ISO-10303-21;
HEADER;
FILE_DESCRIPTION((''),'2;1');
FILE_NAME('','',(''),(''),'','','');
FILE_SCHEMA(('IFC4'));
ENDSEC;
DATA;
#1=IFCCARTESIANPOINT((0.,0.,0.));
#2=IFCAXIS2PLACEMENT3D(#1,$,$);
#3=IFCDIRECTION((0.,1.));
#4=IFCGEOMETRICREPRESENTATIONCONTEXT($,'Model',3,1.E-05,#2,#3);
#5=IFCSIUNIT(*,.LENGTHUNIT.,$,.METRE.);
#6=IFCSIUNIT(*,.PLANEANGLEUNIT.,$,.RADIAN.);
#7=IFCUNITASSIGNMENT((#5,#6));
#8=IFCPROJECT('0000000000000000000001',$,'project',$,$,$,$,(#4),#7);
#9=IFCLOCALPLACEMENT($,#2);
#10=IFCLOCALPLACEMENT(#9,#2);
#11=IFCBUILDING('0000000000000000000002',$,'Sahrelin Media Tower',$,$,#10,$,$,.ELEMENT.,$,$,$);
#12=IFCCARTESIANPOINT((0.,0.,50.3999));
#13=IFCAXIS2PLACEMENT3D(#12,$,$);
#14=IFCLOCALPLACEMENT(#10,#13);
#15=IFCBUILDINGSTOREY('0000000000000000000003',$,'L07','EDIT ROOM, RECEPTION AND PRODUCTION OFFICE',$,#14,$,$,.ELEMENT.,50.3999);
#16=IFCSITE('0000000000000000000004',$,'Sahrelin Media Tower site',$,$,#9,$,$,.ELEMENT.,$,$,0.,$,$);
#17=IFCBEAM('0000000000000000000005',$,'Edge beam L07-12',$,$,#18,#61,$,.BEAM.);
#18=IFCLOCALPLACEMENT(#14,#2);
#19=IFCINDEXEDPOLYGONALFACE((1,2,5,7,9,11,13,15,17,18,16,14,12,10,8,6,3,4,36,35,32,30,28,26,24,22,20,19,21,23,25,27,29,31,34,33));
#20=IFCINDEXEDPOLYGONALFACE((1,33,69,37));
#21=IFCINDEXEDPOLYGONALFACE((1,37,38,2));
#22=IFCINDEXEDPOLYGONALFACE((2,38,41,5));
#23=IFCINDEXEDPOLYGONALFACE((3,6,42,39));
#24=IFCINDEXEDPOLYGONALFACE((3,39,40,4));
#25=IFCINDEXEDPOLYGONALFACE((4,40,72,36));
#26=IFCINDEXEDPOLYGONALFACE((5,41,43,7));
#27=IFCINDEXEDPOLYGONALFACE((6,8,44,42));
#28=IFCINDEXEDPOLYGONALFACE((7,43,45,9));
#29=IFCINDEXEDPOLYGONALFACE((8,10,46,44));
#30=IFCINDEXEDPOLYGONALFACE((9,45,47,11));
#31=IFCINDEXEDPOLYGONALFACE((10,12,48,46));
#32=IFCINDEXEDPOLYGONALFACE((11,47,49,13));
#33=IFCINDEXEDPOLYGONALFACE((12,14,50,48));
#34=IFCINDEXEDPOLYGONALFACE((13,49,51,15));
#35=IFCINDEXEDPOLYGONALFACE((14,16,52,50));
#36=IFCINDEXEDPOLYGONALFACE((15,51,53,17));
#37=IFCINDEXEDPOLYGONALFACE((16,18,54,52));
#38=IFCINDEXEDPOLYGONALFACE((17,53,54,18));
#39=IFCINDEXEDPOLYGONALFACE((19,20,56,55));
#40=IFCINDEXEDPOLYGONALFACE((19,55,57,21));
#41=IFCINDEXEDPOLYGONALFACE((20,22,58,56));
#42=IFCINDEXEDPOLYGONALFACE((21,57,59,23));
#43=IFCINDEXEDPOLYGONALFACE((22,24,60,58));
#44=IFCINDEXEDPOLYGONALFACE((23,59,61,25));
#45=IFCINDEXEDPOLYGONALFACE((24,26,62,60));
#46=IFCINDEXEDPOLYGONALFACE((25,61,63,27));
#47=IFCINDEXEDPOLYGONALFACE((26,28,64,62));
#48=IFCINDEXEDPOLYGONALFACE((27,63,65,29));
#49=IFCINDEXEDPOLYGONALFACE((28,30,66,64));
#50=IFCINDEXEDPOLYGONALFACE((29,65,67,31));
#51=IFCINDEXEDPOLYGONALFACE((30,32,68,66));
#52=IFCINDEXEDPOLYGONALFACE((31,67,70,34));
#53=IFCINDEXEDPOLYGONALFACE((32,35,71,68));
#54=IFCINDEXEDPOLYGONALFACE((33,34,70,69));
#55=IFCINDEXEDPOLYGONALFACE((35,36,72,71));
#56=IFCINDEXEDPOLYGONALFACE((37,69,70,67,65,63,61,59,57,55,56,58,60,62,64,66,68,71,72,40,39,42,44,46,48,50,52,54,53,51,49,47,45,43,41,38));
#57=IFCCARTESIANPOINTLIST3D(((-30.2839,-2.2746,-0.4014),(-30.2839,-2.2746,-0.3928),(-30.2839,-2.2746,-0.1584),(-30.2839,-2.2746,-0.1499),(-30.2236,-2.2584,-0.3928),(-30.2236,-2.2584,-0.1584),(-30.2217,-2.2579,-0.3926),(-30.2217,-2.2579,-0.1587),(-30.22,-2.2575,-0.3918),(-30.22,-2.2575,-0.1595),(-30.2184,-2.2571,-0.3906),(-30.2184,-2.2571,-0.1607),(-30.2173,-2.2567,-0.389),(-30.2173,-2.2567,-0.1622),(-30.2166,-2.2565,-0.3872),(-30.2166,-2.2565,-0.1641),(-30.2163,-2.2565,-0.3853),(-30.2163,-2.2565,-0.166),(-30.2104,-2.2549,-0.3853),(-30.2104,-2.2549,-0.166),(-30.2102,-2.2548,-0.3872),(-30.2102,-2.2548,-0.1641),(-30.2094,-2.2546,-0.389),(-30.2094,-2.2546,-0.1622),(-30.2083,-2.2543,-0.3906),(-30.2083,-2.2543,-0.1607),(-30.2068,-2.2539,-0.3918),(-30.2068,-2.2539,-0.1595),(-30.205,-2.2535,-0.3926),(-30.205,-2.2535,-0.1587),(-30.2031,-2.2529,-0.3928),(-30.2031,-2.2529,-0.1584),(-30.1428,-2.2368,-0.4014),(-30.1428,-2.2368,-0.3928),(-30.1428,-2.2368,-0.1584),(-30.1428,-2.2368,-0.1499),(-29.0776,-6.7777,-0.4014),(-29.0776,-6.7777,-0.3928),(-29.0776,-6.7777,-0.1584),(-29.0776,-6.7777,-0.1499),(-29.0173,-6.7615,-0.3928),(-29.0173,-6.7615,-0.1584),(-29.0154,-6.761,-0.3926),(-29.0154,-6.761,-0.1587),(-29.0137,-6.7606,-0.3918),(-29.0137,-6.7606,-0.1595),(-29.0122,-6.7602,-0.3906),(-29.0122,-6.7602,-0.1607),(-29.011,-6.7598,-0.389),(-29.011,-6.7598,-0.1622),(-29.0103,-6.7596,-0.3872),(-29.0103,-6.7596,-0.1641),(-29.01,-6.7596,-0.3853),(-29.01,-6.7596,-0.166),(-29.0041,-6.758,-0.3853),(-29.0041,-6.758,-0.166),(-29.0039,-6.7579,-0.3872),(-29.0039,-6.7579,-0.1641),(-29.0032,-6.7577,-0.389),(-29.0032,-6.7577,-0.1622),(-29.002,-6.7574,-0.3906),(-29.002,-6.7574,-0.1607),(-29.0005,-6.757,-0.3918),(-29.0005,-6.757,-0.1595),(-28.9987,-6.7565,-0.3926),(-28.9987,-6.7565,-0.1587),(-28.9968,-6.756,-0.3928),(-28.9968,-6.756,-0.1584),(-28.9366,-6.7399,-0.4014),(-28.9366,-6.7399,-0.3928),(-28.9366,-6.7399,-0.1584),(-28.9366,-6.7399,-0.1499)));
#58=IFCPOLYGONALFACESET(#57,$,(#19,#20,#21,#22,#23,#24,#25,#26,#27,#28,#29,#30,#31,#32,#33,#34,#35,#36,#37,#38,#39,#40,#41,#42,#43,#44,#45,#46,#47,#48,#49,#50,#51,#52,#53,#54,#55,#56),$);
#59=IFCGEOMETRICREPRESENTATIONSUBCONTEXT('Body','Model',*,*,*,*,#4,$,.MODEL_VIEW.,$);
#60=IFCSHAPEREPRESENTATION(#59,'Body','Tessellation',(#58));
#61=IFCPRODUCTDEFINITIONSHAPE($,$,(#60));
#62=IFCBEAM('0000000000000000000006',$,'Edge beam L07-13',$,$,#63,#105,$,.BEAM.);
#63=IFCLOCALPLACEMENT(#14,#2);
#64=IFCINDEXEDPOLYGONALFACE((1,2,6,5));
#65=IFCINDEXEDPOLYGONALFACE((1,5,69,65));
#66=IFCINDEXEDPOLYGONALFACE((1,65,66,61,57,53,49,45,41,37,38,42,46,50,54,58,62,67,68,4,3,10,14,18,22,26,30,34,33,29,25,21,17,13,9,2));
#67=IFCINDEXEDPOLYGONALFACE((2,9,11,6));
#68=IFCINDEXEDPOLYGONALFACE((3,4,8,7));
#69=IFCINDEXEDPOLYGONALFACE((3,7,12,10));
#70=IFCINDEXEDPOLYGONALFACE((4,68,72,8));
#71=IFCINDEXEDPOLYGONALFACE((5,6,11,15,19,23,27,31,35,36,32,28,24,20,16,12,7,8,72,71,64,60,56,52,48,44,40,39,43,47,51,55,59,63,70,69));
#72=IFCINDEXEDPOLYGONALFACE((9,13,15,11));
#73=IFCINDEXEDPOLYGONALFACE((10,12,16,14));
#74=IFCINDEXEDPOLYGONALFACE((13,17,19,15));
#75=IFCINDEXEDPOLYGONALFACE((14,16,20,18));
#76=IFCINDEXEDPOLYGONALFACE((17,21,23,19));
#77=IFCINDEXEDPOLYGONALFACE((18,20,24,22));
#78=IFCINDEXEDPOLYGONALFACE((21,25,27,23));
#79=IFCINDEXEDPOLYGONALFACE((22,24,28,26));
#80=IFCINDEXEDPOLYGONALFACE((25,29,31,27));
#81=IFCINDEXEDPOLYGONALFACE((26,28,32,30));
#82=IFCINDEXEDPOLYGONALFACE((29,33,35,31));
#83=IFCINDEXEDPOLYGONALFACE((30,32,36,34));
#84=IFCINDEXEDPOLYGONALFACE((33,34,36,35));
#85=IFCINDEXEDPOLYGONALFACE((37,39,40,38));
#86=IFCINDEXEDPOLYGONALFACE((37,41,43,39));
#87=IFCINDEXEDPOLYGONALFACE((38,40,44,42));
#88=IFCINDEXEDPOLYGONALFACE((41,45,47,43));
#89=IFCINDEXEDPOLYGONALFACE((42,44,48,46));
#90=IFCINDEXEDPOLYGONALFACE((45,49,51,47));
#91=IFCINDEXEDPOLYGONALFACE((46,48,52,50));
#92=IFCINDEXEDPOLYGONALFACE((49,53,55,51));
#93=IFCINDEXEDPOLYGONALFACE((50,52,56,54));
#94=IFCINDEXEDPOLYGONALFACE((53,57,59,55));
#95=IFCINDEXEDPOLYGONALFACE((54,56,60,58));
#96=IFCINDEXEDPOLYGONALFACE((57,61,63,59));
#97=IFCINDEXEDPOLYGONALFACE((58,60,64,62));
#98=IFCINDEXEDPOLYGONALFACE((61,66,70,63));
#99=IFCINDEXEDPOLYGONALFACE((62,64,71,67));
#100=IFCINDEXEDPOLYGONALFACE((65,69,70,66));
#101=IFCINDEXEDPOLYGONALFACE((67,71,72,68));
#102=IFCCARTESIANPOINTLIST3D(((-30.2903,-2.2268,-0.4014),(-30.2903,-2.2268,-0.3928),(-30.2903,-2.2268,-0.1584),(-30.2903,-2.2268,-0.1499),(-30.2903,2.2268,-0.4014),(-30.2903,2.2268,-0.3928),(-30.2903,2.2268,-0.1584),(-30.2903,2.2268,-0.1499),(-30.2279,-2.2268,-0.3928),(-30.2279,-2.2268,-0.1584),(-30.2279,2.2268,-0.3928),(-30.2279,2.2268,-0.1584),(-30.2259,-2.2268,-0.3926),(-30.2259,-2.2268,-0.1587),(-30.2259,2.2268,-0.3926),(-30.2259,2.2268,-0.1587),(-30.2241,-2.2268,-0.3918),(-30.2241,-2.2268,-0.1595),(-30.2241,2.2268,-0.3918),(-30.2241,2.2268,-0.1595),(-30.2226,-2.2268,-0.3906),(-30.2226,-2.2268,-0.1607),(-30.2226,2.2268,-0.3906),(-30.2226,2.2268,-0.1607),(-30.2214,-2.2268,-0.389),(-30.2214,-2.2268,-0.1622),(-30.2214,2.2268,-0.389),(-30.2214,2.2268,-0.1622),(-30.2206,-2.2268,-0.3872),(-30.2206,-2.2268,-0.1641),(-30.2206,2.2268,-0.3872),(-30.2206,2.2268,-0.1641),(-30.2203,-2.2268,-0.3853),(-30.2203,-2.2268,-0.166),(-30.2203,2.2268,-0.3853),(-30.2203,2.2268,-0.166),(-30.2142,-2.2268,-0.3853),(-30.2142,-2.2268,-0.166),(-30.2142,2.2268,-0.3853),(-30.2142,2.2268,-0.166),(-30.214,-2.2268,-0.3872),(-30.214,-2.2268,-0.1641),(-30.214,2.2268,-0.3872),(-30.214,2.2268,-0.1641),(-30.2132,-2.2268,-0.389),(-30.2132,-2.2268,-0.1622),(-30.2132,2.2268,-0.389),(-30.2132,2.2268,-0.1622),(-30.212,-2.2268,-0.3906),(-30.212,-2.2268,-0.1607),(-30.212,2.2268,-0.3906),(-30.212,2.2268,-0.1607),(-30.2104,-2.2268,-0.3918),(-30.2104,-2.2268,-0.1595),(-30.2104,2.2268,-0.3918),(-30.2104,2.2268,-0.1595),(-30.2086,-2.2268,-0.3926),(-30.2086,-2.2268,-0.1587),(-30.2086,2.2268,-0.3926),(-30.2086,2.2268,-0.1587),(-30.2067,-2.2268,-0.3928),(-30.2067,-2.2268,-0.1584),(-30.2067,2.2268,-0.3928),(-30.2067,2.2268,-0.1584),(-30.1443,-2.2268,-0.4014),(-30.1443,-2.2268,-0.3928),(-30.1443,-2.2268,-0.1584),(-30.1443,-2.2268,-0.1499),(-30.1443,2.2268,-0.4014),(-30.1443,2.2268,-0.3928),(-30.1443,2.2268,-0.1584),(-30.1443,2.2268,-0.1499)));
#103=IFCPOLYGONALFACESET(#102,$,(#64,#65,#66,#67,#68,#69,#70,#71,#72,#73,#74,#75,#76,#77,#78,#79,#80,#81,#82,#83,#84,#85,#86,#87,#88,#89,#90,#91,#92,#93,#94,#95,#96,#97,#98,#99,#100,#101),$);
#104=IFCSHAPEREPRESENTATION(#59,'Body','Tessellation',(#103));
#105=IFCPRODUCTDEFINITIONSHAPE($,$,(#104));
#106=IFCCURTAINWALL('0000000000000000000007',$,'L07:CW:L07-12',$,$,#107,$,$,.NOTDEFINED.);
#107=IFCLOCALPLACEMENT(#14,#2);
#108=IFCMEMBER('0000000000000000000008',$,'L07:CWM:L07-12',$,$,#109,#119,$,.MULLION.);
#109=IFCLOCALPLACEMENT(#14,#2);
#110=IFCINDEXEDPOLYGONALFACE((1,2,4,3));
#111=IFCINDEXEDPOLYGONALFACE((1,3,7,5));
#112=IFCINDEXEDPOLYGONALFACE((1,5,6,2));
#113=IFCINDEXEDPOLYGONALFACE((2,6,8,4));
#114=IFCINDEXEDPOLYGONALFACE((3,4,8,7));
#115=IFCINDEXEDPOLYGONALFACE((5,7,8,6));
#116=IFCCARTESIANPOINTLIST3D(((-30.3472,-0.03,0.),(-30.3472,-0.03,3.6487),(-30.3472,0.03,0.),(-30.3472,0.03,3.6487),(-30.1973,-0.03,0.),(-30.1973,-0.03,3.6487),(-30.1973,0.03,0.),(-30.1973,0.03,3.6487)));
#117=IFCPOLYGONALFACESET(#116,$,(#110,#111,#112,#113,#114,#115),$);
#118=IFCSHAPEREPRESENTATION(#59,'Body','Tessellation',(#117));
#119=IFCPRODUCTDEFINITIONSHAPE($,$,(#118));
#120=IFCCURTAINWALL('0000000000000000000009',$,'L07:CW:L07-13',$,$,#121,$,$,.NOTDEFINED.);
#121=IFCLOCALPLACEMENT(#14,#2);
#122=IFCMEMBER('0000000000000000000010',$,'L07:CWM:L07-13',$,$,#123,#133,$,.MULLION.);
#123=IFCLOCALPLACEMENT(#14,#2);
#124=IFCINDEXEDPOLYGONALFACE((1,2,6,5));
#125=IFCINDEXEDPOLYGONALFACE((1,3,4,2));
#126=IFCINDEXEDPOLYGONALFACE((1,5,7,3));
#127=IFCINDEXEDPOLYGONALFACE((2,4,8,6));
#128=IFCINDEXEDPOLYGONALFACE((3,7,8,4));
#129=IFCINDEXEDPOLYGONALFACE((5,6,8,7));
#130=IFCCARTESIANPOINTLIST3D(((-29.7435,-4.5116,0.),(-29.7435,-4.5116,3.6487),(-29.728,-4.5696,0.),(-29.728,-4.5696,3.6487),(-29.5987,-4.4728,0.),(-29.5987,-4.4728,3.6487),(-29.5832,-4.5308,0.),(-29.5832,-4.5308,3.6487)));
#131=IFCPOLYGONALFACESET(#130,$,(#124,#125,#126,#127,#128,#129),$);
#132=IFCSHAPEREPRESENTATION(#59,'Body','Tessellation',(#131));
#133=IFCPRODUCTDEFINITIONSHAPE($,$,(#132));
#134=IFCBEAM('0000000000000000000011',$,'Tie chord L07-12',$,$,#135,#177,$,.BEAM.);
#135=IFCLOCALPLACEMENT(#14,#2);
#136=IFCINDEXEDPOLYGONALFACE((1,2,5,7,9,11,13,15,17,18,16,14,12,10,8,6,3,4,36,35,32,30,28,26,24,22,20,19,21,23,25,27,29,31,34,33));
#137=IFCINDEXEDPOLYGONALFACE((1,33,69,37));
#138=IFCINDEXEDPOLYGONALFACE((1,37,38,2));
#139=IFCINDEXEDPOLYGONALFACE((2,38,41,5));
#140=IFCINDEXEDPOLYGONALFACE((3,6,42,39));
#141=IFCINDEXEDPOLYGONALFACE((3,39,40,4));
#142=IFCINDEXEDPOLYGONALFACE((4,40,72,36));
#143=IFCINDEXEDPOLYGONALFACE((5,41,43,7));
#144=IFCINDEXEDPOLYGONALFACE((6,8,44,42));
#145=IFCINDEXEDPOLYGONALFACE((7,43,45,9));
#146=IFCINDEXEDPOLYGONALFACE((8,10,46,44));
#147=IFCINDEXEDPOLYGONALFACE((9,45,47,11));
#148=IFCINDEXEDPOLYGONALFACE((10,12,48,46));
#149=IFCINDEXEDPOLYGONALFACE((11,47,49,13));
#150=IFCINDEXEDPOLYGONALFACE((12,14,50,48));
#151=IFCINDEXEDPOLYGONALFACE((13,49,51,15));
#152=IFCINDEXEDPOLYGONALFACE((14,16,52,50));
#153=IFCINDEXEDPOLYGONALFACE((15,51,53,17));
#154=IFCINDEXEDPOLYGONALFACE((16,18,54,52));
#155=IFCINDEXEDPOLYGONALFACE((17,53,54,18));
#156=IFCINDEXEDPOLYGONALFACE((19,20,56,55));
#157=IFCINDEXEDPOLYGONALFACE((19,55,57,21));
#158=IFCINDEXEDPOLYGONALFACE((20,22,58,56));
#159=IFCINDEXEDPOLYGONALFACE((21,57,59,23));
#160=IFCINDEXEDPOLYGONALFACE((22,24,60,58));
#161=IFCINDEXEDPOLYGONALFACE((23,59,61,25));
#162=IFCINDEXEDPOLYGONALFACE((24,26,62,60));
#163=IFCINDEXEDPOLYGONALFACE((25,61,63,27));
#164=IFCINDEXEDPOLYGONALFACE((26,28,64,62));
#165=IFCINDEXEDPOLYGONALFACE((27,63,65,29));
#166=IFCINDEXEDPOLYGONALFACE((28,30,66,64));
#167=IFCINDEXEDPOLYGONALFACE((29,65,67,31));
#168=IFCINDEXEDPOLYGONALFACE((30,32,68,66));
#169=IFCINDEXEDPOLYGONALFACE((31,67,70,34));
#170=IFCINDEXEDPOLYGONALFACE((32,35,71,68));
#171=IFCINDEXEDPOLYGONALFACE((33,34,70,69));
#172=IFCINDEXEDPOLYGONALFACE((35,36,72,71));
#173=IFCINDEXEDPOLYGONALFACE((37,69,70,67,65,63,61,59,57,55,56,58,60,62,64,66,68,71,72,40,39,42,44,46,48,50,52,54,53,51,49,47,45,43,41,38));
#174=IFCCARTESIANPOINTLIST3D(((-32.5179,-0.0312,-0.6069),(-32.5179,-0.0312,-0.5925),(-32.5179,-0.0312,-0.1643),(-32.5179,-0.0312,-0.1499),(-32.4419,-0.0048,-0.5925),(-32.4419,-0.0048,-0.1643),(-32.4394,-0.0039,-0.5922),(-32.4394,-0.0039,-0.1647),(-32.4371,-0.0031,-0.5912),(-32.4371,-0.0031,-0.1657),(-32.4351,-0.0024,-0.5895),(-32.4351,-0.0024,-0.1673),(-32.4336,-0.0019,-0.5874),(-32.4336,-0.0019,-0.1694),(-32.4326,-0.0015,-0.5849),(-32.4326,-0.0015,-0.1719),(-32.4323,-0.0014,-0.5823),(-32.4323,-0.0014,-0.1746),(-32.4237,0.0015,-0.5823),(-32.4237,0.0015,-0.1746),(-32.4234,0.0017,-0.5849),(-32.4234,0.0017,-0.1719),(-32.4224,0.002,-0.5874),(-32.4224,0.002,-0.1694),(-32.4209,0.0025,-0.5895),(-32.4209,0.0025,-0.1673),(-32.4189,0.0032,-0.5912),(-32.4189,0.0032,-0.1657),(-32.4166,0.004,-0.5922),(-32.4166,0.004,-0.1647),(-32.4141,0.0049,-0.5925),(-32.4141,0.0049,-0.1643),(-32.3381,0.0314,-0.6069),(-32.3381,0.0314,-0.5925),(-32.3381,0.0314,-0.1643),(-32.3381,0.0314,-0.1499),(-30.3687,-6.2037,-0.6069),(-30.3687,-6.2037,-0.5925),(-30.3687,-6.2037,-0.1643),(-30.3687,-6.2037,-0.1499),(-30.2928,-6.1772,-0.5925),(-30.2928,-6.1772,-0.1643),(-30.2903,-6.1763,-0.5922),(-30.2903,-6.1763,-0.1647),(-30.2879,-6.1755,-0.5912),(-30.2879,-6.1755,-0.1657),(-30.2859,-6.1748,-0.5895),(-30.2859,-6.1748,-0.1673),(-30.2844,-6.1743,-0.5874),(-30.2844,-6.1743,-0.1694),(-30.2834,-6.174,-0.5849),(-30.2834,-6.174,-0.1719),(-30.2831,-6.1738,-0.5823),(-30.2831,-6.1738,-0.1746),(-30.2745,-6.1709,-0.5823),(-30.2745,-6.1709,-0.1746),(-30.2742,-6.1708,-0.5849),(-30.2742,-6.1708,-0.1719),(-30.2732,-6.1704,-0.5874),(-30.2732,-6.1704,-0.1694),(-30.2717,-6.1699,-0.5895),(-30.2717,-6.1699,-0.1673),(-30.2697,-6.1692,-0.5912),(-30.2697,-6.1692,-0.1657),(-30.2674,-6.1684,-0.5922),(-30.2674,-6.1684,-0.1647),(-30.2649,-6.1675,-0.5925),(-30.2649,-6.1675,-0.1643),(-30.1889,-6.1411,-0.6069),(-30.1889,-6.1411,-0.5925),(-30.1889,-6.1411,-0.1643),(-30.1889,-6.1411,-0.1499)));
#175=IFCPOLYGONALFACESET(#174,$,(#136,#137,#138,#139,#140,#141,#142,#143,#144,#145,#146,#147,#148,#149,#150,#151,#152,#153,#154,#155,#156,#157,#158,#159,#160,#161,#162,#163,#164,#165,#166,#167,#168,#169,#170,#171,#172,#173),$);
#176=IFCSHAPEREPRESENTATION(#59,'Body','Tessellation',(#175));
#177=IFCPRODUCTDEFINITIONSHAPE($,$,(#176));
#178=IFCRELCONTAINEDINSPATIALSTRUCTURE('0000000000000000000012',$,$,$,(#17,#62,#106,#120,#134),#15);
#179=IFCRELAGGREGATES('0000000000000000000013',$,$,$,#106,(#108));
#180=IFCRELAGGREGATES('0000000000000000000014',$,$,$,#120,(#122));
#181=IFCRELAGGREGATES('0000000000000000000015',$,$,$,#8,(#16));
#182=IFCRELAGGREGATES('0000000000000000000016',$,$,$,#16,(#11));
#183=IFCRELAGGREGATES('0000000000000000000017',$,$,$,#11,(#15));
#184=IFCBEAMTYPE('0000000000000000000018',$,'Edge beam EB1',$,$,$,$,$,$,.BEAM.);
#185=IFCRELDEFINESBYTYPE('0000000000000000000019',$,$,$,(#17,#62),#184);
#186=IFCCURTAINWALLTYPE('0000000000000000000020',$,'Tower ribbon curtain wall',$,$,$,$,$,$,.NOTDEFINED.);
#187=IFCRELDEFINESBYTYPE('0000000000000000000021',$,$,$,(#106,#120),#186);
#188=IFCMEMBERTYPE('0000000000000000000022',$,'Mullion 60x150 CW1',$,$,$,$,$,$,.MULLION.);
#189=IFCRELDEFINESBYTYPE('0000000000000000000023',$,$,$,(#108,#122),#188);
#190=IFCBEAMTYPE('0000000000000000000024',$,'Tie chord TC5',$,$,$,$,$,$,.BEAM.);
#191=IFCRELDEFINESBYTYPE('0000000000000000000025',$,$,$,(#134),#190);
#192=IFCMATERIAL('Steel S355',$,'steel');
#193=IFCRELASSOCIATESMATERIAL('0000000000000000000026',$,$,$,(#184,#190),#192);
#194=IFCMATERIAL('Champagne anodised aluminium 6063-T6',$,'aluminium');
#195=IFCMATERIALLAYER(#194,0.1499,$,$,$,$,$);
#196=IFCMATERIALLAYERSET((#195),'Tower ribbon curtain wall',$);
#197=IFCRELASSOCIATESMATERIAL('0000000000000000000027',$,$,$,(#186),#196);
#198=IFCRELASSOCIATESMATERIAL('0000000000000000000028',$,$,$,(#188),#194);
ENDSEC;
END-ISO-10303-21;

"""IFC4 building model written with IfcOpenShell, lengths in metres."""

from ifc_helpers import new_model, si_unit, direction, frame, origin, origin_2d, place, context, subcontext, project, spatial, rectangle, i_section, extrude, material, layer, layer_set, material_profile, profile_set, type_object, element, aggregate, save


model = new_model("IFC4")

# Units and contexts
model_context = context("Model", 3, precision=1e-05, world=origin(), true_north=direction((0.0, 1.0)))
body_context = subcontext(model_context, "Body", "Model", "MODEL_VIEW")
ifc_project = project(units=[si_unit("LENGTHUNIT", "METRE"), si_unit("PLANEANGLEUNIT", "RADIAN")], contexts=[model_context])

# Site, building, storey
site_placement = place(None, origin())
site = spatial("IfcSite", under=ifc_project, at=site_placement, Name="Sahrelin Media Tower site", CompositionType="ELEMENT", RefElevation=0.0)
building_placement = place(site_placement, origin())
building = spatial("IfcBuilding", under=site, at=building_placement, Name="Sahrelin Media Tower", CompositionType="ELEMENT")
storey_placement = place(building_placement, frame((0.0, 0.0, 50.3999)))
storey = spatial("IfcBuildingStorey", under=building, at=storey_placement, Name="L07", Description="EDIT ROOM, RECEPTION AND PRODUCTION OFFICE", CompositionType="ELEMENT", Elevation=50.3999)

# Beams
ifc_material_1 = material(Name="Steel S355", Category="steel")
ifc_material_profile_1 = material_profile(ifc_material_1, i_section(OverallWidth=0.146, OverallDepth=0.2515, WebThickness=0.0061, FlangeThickness=0.0085, FilletRadius=0.0076, at=origin_2d()), Name="UB 254x146x31")
ifc_profile_set_1 = profile_set([ifc_material_profile_1], Name="Steel S355")
beam_type_1 = type_object("IfcBeamType", Name="Edge beam EB1", PredefinedType="BEAM", material=ifc_profile_set_1)
beam_1_placement = place(storey_placement, frame((-29.0071, -6.7588, -0.2756), z_axis=(-0.258754, 0.965943, 0.0), x_axis=(-0.965943, -0.258754, 0.0)))
element("IfcBeam", 1, at=beam_1_placement, inside=storey, type_object=beam_type_1, Name="Edge beam L07-12", PredefinedType="BEAM", context=body_context, shape_type="SweptSolid", body=[
    extrude(i_section(OverallWidth=0.146, OverallDepth=0.2515, WebThickness=0.0061, FlangeThickness=0.0085, FilletRadius=0.0076, at=origin_2d()), origin(), (0.0, 0.0, 1.0), 4.6619),
])
beam_2_placement = place(storey_placement, frame((-30.2173, -2.2268, -0.2756), z_axis=(0.0, 1.0, 0.0), x_axis=(-1.0, 0.0, 0.0)))
element("IfcBeam", 2, at=beam_2_placement, inside=storey, type_object=beam_type_1, Name="Edge beam L07-13", PredefinedType="BEAM", context=body_context, shape_type="SweptSolid", body=[
    extrude(i_section(OverallWidth=0.146, OverallDepth=0.2515, WebThickness=0.0061, FlangeThickness=0.0085, FilletRadius=0.0076, at=origin_2d()), origin(), (0.0, 0.0, 1.0), 4.4536),
])

# Curtain walls, members
ifc_material_2 = material(Name="Champagne anodised aluminium 6063-T6", Category="aluminium")
ifc_layer_1 = layer(ifc_material_2, 0.1499)
ifc_layer_set_1 = layer_set([ifc_layer_1], Name="Tower ribbon curtain wall")
curtain_wall_type = type_object("IfcCurtainWallType", Name="Tower ribbon curtain wall", PredefinedType="NOTDEFINED", material=ifc_layer_set_1)
curtain_wall_1_placement = place(storey_placement, frame((-30.3672, 0.0, 0.0), z_axis=(0.0, 0.0, 1.0), x_axis=(1.0, 0.0, 0.0)))
curtain_wall_1 = element("IfcCurtainWall", 3, at=curtain_wall_1_placement, inside=storey, type_object=curtain_wall_type, Name="L07:CW:L07-12", PredefinedType="NOTDEFINED")
ifc_material_profile_2 = material_profile(ifc_material_2, rectangle(XDim=0.0601, YDim=0.1499, at=origin_2d()), Name="Mullion 60x150")
ifc_profile_set_2 = profile_set([ifc_material_profile_2], Name="Champagne anodised aluminium 6063-T6")
member_type_1 = type_object("IfcMemberType", Name="Mullion 60x150 CW1", PredefinedType="MULLION", material=ifc_profile_set_2)
member_1_placement = place(storey_placement, frame((-30.2722, 0.0, 0.0), z_axis=(0.0, 0.0, 1.0), x_axis=(0.0, -1.0, 0.0)))
member_1 = element("IfcMember", 4, at=member_1_placement, type_object=member_type_1, Name="L07:CWM:L07-12", PredefinedType="MULLION", context=body_context, shape_type="SweptSolid", body=[
    extrude(rectangle(XDim=0.0601, YDim=0.1499, at=origin_2d()), origin(), (0.0, 0.0, 1.0), 3.6487),
])
aggregate(curtain_wall_1, [member_1])
curtain_wall_2_placement = place(storey_placement, frame((-29.7551, -4.5459, 0.0), z_axis=(0.0, 0.0, 1.0), x_axis=(1.0, 0.0, 0.0)))
curtain_wall_2 = element("IfcCurtainWall", 5, at=curtain_wall_2_placement, inside=storey, type_object=curtain_wall_type, Name="L07:CW:L07-13", PredefinedType="NOTDEFINED")
member_2_placement = place(storey_placement, frame((-29.6633, -4.5212, 0.0), z_axis=(0.0, 0.0, 1.0), x_axis=(0.258806, -0.965929, 0.0)))
member_2 = element("IfcMember", 6, at=member_2_placement, type_object=member_type_1, Name="L07:CWM:L07-13", PredefinedType="MULLION", context=body_context, shape_type="SweptSolid", body=[
    extrude(rectangle(XDim=0.0601, YDim=0.1499, at=origin_2d()), origin(), (0.0, 0.0, 1.0), 3.6487),
])

# Beam
ifc_material_profile_3 = material_profile(ifc_material_1, i_section(OverallWidth=0.1904, OverallDepth=0.457, WebThickness=0.009, FlangeThickness=0.0144, FilletRadius=0.0103, at=origin_2d()), Name="UB 457x191x74")
ifc_profile_set_3 = profile_set([ifc_material_profile_3], Name="Steel S355")
beam_type_2 = type_object("IfcBeamType", Name="Tie chord TC5", PredefinedType="BEAM", material=ifc_profile_set_3)
for number, where, z_axis, x_axis, name in (
    (7, (-30.2788, -6.1724, -0.3784), (-0.328829, 0.944389, 0.0), (-0.944389, -0.328829, 0.0), "Tie chord L07-12"),
):
    element("IfcBeam", number, at=place(storey_placement, frame(where, z_axis=z_axis, x_axis=x_axis)), inside=storey, type_object=beam_type_2, Name=name, PredefinedType="BEAM", context=body_context, shape_type="SweptSolid", body=[
        extrude(i_section(OverallWidth=0.1904, OverallDepth=0.457, WebThickness=0.009, FlangeThickness=0.0144, FilletRadius=0.0103, at=origin_2d()), origin(), (0.0, 0.0, 1.0), 6.5359),
    ])

aggregate(curtain_wall_2, [member_2])

save(model, "model.ifc")
